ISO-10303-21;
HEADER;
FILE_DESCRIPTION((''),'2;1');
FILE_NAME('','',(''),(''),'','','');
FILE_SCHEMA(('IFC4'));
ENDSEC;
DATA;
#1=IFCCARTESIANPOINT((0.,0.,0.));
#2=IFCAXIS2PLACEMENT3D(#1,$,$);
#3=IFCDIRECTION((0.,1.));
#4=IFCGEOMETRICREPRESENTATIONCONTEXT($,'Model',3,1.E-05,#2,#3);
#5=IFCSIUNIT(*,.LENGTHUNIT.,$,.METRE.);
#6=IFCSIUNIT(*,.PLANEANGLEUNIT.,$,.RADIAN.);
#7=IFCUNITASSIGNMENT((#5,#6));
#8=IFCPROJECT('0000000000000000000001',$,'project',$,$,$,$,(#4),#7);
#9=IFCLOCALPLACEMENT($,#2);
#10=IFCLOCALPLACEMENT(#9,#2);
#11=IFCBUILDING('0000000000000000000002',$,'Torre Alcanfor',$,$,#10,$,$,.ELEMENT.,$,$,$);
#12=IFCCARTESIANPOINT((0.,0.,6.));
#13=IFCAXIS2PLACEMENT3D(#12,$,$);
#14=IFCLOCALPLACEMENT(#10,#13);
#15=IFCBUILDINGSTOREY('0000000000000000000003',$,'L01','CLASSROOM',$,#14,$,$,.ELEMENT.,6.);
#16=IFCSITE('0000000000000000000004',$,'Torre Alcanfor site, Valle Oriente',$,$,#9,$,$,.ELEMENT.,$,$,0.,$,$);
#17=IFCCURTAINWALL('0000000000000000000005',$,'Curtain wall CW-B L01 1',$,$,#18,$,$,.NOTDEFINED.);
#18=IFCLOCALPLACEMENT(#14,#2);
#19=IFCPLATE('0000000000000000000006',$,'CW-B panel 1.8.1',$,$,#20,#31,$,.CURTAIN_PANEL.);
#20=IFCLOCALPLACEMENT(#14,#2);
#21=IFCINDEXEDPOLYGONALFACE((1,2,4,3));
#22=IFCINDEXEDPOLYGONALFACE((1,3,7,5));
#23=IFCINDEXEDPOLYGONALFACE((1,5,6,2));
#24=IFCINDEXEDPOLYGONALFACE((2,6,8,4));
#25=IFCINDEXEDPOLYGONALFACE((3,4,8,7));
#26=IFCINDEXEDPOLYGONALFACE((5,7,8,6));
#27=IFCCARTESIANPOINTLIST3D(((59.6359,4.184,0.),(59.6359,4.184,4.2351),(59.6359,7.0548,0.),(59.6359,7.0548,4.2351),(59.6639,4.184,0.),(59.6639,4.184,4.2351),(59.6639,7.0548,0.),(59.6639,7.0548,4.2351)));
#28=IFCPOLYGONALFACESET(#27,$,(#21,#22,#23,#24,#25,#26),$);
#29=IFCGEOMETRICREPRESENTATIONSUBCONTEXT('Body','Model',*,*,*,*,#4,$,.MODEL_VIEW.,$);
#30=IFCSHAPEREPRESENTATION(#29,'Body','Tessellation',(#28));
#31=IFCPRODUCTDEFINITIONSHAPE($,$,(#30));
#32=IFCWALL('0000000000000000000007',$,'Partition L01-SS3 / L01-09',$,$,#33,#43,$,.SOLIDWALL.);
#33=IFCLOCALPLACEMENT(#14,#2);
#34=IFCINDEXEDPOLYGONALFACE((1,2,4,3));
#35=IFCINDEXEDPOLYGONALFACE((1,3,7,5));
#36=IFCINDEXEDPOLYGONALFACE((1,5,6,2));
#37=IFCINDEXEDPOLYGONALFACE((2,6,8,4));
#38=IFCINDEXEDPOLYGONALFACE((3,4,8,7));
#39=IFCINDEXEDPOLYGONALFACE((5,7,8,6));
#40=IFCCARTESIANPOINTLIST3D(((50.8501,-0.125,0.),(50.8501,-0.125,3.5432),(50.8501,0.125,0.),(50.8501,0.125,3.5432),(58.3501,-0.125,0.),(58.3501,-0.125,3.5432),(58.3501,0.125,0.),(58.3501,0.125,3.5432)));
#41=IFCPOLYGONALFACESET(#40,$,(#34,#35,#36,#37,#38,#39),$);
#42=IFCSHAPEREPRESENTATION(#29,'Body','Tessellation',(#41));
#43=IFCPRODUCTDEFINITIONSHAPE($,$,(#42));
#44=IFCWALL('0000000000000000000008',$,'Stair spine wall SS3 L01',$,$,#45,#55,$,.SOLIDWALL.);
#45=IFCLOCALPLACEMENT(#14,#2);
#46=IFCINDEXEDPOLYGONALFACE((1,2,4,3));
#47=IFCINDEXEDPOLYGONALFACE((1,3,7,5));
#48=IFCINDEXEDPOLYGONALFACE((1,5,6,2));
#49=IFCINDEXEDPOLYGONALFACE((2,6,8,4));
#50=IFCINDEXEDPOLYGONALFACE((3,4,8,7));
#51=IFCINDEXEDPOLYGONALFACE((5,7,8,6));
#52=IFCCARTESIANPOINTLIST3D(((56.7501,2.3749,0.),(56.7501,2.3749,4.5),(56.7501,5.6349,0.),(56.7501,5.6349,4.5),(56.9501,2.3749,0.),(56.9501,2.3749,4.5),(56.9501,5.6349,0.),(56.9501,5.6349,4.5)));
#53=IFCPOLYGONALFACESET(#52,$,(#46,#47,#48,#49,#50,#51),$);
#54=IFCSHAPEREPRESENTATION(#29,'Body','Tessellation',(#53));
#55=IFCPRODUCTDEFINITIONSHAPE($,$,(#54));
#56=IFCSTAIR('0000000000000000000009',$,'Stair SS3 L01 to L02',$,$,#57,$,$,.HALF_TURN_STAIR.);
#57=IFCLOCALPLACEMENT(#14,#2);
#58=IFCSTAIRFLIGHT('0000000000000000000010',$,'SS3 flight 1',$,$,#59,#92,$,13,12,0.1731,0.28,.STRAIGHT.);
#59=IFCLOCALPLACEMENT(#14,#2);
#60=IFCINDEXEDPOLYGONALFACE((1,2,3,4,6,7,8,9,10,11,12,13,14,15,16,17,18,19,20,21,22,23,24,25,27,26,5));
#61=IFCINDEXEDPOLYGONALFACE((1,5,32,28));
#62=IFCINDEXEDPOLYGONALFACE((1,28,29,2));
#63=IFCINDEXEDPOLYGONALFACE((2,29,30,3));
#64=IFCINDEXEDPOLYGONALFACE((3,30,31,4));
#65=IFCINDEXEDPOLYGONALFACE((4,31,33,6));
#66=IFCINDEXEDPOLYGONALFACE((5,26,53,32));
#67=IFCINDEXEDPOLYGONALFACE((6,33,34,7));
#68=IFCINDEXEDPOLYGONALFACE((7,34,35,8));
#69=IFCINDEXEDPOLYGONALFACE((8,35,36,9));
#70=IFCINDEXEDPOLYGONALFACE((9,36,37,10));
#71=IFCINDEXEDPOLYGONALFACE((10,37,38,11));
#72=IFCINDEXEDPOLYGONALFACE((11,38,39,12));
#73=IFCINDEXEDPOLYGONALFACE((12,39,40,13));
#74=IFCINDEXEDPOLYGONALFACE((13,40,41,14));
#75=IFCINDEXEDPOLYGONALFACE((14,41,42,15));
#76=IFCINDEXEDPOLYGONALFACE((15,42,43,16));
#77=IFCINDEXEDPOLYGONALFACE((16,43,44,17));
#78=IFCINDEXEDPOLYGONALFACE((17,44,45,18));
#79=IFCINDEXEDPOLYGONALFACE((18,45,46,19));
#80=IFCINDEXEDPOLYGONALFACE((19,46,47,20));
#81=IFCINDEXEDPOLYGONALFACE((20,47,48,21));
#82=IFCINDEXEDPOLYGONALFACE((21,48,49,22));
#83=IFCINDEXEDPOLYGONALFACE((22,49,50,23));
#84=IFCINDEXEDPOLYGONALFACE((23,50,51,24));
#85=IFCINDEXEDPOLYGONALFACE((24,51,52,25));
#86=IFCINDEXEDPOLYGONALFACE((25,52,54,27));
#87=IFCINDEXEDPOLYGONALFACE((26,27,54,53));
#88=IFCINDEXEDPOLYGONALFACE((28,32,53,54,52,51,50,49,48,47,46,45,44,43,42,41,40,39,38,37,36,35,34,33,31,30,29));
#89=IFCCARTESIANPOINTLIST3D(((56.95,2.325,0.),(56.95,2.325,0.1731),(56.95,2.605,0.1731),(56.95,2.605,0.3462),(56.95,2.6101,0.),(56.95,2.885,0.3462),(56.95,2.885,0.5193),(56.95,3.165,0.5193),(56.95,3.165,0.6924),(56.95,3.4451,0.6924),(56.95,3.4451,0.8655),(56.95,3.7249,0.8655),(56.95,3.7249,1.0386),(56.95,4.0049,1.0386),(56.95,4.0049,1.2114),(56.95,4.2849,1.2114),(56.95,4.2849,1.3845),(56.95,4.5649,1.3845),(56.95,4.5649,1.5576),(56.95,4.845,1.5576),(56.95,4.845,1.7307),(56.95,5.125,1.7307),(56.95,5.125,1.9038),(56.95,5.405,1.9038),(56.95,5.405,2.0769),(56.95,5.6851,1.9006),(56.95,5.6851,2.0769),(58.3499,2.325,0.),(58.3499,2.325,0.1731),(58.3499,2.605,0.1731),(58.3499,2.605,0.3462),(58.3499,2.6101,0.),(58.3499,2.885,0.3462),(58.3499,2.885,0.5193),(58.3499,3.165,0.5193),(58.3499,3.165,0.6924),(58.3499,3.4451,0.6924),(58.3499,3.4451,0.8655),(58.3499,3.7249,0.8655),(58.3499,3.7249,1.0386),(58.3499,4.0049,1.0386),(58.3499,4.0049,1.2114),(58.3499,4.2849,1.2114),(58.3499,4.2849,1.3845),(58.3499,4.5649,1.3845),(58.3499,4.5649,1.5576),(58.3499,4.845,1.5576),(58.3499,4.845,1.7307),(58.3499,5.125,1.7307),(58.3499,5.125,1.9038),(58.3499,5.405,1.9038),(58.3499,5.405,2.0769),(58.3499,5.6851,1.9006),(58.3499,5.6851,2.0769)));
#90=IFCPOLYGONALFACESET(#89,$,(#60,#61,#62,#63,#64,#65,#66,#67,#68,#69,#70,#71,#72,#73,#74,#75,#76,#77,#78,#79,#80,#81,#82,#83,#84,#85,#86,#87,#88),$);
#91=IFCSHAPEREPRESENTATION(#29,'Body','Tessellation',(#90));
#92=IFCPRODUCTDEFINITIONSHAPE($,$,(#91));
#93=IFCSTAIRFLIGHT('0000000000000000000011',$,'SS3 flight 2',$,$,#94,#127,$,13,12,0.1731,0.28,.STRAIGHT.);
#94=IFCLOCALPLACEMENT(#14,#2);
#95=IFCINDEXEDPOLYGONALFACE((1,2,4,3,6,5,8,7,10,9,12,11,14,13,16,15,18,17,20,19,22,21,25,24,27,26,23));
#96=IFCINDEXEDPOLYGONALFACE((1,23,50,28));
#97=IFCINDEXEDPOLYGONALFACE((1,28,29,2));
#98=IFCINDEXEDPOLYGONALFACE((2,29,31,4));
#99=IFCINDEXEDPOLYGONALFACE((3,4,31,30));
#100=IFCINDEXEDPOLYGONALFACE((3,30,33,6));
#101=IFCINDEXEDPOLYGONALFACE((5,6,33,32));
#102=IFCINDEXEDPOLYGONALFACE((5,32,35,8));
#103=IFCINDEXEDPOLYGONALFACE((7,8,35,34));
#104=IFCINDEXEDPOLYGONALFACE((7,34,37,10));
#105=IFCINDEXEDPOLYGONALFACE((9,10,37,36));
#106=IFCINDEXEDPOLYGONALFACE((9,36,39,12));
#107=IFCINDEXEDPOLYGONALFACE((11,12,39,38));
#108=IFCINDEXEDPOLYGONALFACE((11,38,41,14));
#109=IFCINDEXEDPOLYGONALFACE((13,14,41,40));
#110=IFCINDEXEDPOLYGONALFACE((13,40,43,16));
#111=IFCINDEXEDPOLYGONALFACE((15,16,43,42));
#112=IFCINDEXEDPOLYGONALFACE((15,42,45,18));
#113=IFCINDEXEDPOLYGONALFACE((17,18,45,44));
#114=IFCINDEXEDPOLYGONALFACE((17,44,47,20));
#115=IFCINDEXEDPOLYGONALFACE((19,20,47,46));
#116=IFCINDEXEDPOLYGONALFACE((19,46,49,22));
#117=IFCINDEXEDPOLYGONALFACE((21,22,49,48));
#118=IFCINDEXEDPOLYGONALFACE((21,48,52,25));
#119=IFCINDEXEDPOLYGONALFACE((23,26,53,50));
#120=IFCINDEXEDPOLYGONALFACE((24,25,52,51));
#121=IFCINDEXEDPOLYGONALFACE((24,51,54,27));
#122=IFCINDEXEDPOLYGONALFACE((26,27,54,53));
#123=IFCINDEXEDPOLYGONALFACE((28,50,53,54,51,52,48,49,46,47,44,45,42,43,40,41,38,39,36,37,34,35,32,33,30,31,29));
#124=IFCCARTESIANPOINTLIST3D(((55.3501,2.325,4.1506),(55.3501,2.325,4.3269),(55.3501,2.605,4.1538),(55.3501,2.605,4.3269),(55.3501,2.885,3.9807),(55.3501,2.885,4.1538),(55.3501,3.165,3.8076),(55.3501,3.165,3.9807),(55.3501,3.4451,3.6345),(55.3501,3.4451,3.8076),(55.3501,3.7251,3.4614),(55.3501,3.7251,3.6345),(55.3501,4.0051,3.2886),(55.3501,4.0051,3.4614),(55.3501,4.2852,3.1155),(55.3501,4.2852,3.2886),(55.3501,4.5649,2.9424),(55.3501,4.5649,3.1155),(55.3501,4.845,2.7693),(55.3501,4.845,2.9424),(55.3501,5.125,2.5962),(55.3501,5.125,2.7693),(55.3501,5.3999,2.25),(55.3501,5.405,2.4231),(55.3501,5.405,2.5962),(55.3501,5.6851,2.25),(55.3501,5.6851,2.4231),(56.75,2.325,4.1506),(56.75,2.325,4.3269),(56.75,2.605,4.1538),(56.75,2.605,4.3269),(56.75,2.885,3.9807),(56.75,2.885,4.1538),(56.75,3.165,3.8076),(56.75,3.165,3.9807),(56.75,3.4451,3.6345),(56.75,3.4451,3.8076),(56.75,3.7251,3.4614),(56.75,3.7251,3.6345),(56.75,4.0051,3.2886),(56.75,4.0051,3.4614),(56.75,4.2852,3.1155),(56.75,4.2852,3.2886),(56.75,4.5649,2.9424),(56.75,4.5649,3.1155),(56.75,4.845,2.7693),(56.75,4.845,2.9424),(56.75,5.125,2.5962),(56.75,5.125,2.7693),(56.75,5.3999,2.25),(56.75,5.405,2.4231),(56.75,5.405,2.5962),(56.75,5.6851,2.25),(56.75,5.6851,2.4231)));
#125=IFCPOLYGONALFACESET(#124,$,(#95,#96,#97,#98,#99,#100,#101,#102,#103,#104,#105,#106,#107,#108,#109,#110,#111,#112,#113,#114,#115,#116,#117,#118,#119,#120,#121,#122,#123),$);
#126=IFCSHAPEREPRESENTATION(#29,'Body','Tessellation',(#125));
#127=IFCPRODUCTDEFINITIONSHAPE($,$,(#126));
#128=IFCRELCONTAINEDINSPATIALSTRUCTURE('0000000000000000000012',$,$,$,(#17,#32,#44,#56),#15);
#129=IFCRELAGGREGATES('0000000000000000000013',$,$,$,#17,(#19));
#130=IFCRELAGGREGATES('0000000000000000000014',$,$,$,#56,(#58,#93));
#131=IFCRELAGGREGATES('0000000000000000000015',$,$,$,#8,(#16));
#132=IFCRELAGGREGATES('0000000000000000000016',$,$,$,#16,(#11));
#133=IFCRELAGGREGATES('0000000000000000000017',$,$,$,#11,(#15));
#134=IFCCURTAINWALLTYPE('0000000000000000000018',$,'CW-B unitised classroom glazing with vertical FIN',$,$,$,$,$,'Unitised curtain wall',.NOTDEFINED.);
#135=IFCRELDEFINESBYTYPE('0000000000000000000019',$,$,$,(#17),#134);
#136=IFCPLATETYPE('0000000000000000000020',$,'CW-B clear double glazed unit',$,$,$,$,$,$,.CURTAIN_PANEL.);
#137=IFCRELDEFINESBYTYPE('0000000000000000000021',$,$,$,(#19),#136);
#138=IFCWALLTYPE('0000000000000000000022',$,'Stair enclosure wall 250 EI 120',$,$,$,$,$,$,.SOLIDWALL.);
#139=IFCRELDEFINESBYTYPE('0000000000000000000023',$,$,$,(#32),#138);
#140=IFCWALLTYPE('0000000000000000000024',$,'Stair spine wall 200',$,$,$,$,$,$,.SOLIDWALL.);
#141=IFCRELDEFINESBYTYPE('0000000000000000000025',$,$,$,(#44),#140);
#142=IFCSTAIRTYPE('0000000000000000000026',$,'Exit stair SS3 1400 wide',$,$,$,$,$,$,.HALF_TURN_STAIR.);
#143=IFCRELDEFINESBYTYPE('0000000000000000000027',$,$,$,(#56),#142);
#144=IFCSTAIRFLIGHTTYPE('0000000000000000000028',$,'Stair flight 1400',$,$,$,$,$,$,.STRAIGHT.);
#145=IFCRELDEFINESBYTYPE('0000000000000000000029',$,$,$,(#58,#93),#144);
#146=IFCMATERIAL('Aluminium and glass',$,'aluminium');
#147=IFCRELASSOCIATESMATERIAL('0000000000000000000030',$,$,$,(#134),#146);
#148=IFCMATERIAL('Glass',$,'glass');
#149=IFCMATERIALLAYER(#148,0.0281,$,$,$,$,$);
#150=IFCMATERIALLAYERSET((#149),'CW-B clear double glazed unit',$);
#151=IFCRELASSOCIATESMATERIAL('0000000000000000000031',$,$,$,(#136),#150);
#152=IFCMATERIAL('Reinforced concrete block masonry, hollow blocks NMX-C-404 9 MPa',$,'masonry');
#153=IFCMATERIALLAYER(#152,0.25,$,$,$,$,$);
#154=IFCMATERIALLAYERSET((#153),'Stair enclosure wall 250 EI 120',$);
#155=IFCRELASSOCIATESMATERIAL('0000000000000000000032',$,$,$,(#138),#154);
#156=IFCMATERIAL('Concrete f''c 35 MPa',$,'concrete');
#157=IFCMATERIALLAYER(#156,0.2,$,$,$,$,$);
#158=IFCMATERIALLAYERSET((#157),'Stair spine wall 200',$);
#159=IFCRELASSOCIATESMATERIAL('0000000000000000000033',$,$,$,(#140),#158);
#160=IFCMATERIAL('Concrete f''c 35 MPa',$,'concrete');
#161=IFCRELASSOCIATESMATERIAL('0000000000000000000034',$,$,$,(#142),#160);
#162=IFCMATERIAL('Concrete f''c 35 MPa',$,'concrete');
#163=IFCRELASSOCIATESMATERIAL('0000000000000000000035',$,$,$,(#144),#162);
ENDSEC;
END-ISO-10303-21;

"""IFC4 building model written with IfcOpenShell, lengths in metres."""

from ifc_helpers import new_model, si_unit, direction, frame, frame_2d, origin, origin_2d, place, context, subcontext, project, spatial, polyline, rectangle, outline, extrude, material, layer, layer_set, type_object, element, aggregate, save


model = new_model("IFC4")

# Units and contexts
model_context = context("Model", 3, precision=1e-05, world=origin(), true_north=direction((0.0, 1.0)))
body_context = subcontext(model_context, "Body", "Model", "MODEL_VIEW")
ifc_project = project(units=[si_unit("LENGTHUNIT", "METRE"), si_unit("PLANEANGLEUNIT", "RADIAN")], contexts=[model_context])

# Site, building, storey
site_placement = place(None, origin())
site = spatial("IfcSite", under=ifc_project, at=site_placement, Name="Torre Alcanfor site, Valle Oriente", CompositionType="ELEMENT", RefElevation=0.0)
building_placement = place(site_placement, origin())
building = spatial("IfcBuilding", under=site, at=building_placement, Name="Torre Alcanfor", CompositionType="ELEMENT")
storey_placement = place(building_placement, frame((0.0, 0.0, 6.0)))
storey = spatial("IfcBuildingStorey", under=building, at=storey_placement, Name="L01", Description="CLASSROOM", CompositionType="ELEMENT", Elevation=6.0)

# Curtain wall
ifc_material_1 = material(Name="Aluminium and glass", Category="aluminium")
curtain_wall_type = type_object("IfcCurtainWallType", Name="CW-B unitised classroom glazing with vertical FIN", ElementType="Unitised curtain wall", PredefinedType="NOTDEFINED", material=ifc_material_1)
curtain_wall_placement = place(storey_placement, origin())
curtain_wall = element("IfcCurtainWall", 1, at=curtain_wall_placement, inside=storey, type_object=curtain_wall_type, Name="Curtain wall CW-B L01 1", PredefinedType="NOTDEFINED")

# Plate
ifc_material_2 = material(Name="Glass", Category="glass")
ifc_layer_1 = layer(ifc_material_2, 0.0281)
ifc_layer_set_1 = layer_set([ifc_layer_1], Name="CW-B clear double glazed unit")
plate_type = type_object("IfcPlateType", Name="CW-B clear double glazed unit", PredefinedType="CURTAIN_PANEL", material=ifc_layer_set_1)
plate_1_placement = place(storey_placement, frame((59.6499, 5.6194, 0.0), z_axis=(0.0, 0.0, 1.0), x_axis=(0.0, 1.0, 0.0)))
plate_1 = element("IfcPlate", 2, at=plate_1_placement, type_object=plate_type, Name="CW-B panel 1.8.1", PredefinedType="CURTAIN_PANEL", context=body_context, shape_type="SweptSolid", body=[
    extrude(rectangle(XDim=2.8708, YDim=0.0281, at=origin_2d()), origin(), (0.0, 0.0, 1.0), 4.2351),
])
aggregate(curtain_wall, [plate_1])

# Walls
ifc_material_3 = material(Name="Reinforced concrete block masonry, hollow blocks NMX-C-404 9 MPa", Category="masonry")
ifc_layer_2 = layer(ifc_material_3, 0.25)
ifc_layer_set_2 = layer_set([ifc_layer_2], Name="Stair enclosure wall 250 EI 120")
wall_type_1 = type_object("IfcWallType", Name="Stair enclosure wall 250 EI 120", PredefinedType="SOLIDWALL", material=ifc_layer_set_2)
wall_1_placement = place(storey_placement, frame((58.3501, 0.0, 0.0), z_axis=(0.0, 0.0, 1.0), x_axis=(-1.0, 0.0, 0.0)))
element("IfcWall", 3, at=wall_1_placement, inside=storey, type_object=wall_type_1, Name="Partition L01-SS3 / L01-09", PredefinedType="SOLIDWALL", context=body_context, shape_type="SweptSolid", body=[
    extrude(rectangle(XDim=7.5, YDim=0.25, at=frame_2d((3.75, 0.0))), origin(), (0.0, 0.0, 1.0), 3.5432),
])
ifc_material_4 = material(Name="Concrete f'c 35 MPa", Category="concrete")
ifc_layer_3 = layer(ifc_material_4, 0.2)
ifc_layer_set_3 = layer_set([ifc_layer_3], Name="Stair spine wall 200")
wall_type_2 = type_object("IfcWallType", Name="Stair spine wall 200", PredefinedType="SOLIDWALL", material=ifc_layer_set_3)
wall_2_placement = place(storey_placement, frame((56.8501, 2.375, 0.0), z_axis=(0.0, 0.0, 1.0), x_axis=(0.0, 1.0, 0.0)))
element("IfcWall", 4, at=wall_2_placement, inside=storey, type_object=wall_type_2, Name="Stair spine wall SS3 L01", PredefinedType="SOLIDWALL", context=body_context, shape_type="SweptSolid", body=[
    extrude(rectangle(XDim=3.26, YDim=0.2, at=frame_2d((1.6299, 0.0))), origin(), (0.0, 0.0, 1.0), 4.5),
])

# Stair, stair flights
ifc_material_5 = material(Name="Concrete f'c 35 MPa", Category="concrete")
stair_type = type_object("IfcStairType", Name="Exit stair SS3 1400 wide", PredefinedType="HALF_TURN_STAIR", material=ifc_material_5)
stair_placement = place(storey_placement, origin())
stair = element("IfcStair", 5, at=stair_placement, inside=storey, type_object=stair_type, Name="Stair SS3 L01 to L02", PredefinedType="HALF_TURN_STAIR")
ifc_material_6 = material(Name="Concrete f'c 35 MPa", Category="concrete")
stair_flight_type = type_object("IfcStairFlightType", Name="Stair flight 1400", PredefinedType="STRAIGHT", material=ifc_material_6)
stair_flight_1_placement = place(storey_placement, frame((57.6499, 2.325, 0.0), z_axis=(0.0, 0.0, 1.0), x_axis=(0.0, 1.0, 0.0)))
stair_flight_1 = element("IfcStairFlight", 6, at=stair_flight_1_placement, type_object=stair_flight_type, Name="SS3 flight 1", NumberOfRisers=13, NumberOfTreads=12, PredefinedType="STRAIGHT", RiserHeight=0.1731, TreadLength=0.28, context=body_context, shape_type="SweptSolid", body=[
    extrude(outline(polyline([(0.0, 0.0), (0.0, 0.1731), (0.28, 0.1731), (0.28, 0.3462), (0.5601, 0.3462), (0.5601, 0.5193), (0.8401, 0.5193), (0.8401, 0.6924), (1.1201, 0.6924), (1.1201, 0.8655), (1.3999, 0.8655), (1.3999, 1.0386), (1.6799, 1.0386), (1.6799, 1.2114), (1.96, 1.2114), (1.96, 1.3845), (2.24, 1.3845), (2.24, 1.5576), (2.52, 1.5576), (2.52, 1.7307), (2.8, 1.7307), (2.8, 1.9038), (3.0801, 1.9038), (3.0801, 2.0769), (3.3601, 2.0769), (3.3601, 2.25), (3.3601, 1.9006), (0.2852, 0.0), (0.0, 0.0)])), frame((0.0, 0.7, 0.0), z_axis=(0.0, -1.0, 0.0), x_axis=(1.0, 0.0, 0.0)), (0.0, 0.0, 1.0), 1.3999),
])
stair_flight_2_placement = place(storey_placement, frame((56.05, 5.6851, 2.25), z_axis=(0.0, 0.0, 1.0), x_axis=(0.0, -1.0, 0.0)))
stair_flight_2 = element("IfcStairFlight", 7, at=stair_flight_2_placement, type_object=stair_flight_type, Name="SS3 flight 2", NumberOfRisers=13, NumberOfTreads=12, PredefinedType="STRAIGHT", RiserHeight=0.1731, TreadLength=0.28, context=body_context, shape_type="SweptSolid", body=[
    extrude(outline(polyline([(0.0, 0.0), (0.0, 0.1731), (0.28, 0.1731), (0.28, 0.3462), (0.5601, 0.3462), (0.5601, 0.5193), (0.8401, 0.5193), (0.8401, 0.6924), (1.1201, 0.6924), (1.1201, 0.8655), (1.3999, 0.8655), (1.3999, 1.0386), (1.6799, 1.0386), (1.6799, 1.2114), (1.96, 1.2114), (1.96, 1.3845), (2.24, 1.3845), (2.24, 1.5576), (2.52, 1.5576), (2.52, 1.7307), (2.8, 1.7307), (2.8, 1.9038), (3.0801, 1.9038), (3.0801, 2.0769), (3.3601, 2.0769), (3.3601, 2.25), (3.3601, 1.9006), (0.2852, 0.0), (0.0, 0.0)])), frame((0.0, 0.7, 0.0), z_axis=(0.0, -1.0, 0.0), x_axis=(1.0, 0.0, 0.0)), (0.0, 0.0, 1.0), 1.3999),
])
aggregate(stair, [stair_flight_1, stair_flight_2])

save(model, "model.ifc")
